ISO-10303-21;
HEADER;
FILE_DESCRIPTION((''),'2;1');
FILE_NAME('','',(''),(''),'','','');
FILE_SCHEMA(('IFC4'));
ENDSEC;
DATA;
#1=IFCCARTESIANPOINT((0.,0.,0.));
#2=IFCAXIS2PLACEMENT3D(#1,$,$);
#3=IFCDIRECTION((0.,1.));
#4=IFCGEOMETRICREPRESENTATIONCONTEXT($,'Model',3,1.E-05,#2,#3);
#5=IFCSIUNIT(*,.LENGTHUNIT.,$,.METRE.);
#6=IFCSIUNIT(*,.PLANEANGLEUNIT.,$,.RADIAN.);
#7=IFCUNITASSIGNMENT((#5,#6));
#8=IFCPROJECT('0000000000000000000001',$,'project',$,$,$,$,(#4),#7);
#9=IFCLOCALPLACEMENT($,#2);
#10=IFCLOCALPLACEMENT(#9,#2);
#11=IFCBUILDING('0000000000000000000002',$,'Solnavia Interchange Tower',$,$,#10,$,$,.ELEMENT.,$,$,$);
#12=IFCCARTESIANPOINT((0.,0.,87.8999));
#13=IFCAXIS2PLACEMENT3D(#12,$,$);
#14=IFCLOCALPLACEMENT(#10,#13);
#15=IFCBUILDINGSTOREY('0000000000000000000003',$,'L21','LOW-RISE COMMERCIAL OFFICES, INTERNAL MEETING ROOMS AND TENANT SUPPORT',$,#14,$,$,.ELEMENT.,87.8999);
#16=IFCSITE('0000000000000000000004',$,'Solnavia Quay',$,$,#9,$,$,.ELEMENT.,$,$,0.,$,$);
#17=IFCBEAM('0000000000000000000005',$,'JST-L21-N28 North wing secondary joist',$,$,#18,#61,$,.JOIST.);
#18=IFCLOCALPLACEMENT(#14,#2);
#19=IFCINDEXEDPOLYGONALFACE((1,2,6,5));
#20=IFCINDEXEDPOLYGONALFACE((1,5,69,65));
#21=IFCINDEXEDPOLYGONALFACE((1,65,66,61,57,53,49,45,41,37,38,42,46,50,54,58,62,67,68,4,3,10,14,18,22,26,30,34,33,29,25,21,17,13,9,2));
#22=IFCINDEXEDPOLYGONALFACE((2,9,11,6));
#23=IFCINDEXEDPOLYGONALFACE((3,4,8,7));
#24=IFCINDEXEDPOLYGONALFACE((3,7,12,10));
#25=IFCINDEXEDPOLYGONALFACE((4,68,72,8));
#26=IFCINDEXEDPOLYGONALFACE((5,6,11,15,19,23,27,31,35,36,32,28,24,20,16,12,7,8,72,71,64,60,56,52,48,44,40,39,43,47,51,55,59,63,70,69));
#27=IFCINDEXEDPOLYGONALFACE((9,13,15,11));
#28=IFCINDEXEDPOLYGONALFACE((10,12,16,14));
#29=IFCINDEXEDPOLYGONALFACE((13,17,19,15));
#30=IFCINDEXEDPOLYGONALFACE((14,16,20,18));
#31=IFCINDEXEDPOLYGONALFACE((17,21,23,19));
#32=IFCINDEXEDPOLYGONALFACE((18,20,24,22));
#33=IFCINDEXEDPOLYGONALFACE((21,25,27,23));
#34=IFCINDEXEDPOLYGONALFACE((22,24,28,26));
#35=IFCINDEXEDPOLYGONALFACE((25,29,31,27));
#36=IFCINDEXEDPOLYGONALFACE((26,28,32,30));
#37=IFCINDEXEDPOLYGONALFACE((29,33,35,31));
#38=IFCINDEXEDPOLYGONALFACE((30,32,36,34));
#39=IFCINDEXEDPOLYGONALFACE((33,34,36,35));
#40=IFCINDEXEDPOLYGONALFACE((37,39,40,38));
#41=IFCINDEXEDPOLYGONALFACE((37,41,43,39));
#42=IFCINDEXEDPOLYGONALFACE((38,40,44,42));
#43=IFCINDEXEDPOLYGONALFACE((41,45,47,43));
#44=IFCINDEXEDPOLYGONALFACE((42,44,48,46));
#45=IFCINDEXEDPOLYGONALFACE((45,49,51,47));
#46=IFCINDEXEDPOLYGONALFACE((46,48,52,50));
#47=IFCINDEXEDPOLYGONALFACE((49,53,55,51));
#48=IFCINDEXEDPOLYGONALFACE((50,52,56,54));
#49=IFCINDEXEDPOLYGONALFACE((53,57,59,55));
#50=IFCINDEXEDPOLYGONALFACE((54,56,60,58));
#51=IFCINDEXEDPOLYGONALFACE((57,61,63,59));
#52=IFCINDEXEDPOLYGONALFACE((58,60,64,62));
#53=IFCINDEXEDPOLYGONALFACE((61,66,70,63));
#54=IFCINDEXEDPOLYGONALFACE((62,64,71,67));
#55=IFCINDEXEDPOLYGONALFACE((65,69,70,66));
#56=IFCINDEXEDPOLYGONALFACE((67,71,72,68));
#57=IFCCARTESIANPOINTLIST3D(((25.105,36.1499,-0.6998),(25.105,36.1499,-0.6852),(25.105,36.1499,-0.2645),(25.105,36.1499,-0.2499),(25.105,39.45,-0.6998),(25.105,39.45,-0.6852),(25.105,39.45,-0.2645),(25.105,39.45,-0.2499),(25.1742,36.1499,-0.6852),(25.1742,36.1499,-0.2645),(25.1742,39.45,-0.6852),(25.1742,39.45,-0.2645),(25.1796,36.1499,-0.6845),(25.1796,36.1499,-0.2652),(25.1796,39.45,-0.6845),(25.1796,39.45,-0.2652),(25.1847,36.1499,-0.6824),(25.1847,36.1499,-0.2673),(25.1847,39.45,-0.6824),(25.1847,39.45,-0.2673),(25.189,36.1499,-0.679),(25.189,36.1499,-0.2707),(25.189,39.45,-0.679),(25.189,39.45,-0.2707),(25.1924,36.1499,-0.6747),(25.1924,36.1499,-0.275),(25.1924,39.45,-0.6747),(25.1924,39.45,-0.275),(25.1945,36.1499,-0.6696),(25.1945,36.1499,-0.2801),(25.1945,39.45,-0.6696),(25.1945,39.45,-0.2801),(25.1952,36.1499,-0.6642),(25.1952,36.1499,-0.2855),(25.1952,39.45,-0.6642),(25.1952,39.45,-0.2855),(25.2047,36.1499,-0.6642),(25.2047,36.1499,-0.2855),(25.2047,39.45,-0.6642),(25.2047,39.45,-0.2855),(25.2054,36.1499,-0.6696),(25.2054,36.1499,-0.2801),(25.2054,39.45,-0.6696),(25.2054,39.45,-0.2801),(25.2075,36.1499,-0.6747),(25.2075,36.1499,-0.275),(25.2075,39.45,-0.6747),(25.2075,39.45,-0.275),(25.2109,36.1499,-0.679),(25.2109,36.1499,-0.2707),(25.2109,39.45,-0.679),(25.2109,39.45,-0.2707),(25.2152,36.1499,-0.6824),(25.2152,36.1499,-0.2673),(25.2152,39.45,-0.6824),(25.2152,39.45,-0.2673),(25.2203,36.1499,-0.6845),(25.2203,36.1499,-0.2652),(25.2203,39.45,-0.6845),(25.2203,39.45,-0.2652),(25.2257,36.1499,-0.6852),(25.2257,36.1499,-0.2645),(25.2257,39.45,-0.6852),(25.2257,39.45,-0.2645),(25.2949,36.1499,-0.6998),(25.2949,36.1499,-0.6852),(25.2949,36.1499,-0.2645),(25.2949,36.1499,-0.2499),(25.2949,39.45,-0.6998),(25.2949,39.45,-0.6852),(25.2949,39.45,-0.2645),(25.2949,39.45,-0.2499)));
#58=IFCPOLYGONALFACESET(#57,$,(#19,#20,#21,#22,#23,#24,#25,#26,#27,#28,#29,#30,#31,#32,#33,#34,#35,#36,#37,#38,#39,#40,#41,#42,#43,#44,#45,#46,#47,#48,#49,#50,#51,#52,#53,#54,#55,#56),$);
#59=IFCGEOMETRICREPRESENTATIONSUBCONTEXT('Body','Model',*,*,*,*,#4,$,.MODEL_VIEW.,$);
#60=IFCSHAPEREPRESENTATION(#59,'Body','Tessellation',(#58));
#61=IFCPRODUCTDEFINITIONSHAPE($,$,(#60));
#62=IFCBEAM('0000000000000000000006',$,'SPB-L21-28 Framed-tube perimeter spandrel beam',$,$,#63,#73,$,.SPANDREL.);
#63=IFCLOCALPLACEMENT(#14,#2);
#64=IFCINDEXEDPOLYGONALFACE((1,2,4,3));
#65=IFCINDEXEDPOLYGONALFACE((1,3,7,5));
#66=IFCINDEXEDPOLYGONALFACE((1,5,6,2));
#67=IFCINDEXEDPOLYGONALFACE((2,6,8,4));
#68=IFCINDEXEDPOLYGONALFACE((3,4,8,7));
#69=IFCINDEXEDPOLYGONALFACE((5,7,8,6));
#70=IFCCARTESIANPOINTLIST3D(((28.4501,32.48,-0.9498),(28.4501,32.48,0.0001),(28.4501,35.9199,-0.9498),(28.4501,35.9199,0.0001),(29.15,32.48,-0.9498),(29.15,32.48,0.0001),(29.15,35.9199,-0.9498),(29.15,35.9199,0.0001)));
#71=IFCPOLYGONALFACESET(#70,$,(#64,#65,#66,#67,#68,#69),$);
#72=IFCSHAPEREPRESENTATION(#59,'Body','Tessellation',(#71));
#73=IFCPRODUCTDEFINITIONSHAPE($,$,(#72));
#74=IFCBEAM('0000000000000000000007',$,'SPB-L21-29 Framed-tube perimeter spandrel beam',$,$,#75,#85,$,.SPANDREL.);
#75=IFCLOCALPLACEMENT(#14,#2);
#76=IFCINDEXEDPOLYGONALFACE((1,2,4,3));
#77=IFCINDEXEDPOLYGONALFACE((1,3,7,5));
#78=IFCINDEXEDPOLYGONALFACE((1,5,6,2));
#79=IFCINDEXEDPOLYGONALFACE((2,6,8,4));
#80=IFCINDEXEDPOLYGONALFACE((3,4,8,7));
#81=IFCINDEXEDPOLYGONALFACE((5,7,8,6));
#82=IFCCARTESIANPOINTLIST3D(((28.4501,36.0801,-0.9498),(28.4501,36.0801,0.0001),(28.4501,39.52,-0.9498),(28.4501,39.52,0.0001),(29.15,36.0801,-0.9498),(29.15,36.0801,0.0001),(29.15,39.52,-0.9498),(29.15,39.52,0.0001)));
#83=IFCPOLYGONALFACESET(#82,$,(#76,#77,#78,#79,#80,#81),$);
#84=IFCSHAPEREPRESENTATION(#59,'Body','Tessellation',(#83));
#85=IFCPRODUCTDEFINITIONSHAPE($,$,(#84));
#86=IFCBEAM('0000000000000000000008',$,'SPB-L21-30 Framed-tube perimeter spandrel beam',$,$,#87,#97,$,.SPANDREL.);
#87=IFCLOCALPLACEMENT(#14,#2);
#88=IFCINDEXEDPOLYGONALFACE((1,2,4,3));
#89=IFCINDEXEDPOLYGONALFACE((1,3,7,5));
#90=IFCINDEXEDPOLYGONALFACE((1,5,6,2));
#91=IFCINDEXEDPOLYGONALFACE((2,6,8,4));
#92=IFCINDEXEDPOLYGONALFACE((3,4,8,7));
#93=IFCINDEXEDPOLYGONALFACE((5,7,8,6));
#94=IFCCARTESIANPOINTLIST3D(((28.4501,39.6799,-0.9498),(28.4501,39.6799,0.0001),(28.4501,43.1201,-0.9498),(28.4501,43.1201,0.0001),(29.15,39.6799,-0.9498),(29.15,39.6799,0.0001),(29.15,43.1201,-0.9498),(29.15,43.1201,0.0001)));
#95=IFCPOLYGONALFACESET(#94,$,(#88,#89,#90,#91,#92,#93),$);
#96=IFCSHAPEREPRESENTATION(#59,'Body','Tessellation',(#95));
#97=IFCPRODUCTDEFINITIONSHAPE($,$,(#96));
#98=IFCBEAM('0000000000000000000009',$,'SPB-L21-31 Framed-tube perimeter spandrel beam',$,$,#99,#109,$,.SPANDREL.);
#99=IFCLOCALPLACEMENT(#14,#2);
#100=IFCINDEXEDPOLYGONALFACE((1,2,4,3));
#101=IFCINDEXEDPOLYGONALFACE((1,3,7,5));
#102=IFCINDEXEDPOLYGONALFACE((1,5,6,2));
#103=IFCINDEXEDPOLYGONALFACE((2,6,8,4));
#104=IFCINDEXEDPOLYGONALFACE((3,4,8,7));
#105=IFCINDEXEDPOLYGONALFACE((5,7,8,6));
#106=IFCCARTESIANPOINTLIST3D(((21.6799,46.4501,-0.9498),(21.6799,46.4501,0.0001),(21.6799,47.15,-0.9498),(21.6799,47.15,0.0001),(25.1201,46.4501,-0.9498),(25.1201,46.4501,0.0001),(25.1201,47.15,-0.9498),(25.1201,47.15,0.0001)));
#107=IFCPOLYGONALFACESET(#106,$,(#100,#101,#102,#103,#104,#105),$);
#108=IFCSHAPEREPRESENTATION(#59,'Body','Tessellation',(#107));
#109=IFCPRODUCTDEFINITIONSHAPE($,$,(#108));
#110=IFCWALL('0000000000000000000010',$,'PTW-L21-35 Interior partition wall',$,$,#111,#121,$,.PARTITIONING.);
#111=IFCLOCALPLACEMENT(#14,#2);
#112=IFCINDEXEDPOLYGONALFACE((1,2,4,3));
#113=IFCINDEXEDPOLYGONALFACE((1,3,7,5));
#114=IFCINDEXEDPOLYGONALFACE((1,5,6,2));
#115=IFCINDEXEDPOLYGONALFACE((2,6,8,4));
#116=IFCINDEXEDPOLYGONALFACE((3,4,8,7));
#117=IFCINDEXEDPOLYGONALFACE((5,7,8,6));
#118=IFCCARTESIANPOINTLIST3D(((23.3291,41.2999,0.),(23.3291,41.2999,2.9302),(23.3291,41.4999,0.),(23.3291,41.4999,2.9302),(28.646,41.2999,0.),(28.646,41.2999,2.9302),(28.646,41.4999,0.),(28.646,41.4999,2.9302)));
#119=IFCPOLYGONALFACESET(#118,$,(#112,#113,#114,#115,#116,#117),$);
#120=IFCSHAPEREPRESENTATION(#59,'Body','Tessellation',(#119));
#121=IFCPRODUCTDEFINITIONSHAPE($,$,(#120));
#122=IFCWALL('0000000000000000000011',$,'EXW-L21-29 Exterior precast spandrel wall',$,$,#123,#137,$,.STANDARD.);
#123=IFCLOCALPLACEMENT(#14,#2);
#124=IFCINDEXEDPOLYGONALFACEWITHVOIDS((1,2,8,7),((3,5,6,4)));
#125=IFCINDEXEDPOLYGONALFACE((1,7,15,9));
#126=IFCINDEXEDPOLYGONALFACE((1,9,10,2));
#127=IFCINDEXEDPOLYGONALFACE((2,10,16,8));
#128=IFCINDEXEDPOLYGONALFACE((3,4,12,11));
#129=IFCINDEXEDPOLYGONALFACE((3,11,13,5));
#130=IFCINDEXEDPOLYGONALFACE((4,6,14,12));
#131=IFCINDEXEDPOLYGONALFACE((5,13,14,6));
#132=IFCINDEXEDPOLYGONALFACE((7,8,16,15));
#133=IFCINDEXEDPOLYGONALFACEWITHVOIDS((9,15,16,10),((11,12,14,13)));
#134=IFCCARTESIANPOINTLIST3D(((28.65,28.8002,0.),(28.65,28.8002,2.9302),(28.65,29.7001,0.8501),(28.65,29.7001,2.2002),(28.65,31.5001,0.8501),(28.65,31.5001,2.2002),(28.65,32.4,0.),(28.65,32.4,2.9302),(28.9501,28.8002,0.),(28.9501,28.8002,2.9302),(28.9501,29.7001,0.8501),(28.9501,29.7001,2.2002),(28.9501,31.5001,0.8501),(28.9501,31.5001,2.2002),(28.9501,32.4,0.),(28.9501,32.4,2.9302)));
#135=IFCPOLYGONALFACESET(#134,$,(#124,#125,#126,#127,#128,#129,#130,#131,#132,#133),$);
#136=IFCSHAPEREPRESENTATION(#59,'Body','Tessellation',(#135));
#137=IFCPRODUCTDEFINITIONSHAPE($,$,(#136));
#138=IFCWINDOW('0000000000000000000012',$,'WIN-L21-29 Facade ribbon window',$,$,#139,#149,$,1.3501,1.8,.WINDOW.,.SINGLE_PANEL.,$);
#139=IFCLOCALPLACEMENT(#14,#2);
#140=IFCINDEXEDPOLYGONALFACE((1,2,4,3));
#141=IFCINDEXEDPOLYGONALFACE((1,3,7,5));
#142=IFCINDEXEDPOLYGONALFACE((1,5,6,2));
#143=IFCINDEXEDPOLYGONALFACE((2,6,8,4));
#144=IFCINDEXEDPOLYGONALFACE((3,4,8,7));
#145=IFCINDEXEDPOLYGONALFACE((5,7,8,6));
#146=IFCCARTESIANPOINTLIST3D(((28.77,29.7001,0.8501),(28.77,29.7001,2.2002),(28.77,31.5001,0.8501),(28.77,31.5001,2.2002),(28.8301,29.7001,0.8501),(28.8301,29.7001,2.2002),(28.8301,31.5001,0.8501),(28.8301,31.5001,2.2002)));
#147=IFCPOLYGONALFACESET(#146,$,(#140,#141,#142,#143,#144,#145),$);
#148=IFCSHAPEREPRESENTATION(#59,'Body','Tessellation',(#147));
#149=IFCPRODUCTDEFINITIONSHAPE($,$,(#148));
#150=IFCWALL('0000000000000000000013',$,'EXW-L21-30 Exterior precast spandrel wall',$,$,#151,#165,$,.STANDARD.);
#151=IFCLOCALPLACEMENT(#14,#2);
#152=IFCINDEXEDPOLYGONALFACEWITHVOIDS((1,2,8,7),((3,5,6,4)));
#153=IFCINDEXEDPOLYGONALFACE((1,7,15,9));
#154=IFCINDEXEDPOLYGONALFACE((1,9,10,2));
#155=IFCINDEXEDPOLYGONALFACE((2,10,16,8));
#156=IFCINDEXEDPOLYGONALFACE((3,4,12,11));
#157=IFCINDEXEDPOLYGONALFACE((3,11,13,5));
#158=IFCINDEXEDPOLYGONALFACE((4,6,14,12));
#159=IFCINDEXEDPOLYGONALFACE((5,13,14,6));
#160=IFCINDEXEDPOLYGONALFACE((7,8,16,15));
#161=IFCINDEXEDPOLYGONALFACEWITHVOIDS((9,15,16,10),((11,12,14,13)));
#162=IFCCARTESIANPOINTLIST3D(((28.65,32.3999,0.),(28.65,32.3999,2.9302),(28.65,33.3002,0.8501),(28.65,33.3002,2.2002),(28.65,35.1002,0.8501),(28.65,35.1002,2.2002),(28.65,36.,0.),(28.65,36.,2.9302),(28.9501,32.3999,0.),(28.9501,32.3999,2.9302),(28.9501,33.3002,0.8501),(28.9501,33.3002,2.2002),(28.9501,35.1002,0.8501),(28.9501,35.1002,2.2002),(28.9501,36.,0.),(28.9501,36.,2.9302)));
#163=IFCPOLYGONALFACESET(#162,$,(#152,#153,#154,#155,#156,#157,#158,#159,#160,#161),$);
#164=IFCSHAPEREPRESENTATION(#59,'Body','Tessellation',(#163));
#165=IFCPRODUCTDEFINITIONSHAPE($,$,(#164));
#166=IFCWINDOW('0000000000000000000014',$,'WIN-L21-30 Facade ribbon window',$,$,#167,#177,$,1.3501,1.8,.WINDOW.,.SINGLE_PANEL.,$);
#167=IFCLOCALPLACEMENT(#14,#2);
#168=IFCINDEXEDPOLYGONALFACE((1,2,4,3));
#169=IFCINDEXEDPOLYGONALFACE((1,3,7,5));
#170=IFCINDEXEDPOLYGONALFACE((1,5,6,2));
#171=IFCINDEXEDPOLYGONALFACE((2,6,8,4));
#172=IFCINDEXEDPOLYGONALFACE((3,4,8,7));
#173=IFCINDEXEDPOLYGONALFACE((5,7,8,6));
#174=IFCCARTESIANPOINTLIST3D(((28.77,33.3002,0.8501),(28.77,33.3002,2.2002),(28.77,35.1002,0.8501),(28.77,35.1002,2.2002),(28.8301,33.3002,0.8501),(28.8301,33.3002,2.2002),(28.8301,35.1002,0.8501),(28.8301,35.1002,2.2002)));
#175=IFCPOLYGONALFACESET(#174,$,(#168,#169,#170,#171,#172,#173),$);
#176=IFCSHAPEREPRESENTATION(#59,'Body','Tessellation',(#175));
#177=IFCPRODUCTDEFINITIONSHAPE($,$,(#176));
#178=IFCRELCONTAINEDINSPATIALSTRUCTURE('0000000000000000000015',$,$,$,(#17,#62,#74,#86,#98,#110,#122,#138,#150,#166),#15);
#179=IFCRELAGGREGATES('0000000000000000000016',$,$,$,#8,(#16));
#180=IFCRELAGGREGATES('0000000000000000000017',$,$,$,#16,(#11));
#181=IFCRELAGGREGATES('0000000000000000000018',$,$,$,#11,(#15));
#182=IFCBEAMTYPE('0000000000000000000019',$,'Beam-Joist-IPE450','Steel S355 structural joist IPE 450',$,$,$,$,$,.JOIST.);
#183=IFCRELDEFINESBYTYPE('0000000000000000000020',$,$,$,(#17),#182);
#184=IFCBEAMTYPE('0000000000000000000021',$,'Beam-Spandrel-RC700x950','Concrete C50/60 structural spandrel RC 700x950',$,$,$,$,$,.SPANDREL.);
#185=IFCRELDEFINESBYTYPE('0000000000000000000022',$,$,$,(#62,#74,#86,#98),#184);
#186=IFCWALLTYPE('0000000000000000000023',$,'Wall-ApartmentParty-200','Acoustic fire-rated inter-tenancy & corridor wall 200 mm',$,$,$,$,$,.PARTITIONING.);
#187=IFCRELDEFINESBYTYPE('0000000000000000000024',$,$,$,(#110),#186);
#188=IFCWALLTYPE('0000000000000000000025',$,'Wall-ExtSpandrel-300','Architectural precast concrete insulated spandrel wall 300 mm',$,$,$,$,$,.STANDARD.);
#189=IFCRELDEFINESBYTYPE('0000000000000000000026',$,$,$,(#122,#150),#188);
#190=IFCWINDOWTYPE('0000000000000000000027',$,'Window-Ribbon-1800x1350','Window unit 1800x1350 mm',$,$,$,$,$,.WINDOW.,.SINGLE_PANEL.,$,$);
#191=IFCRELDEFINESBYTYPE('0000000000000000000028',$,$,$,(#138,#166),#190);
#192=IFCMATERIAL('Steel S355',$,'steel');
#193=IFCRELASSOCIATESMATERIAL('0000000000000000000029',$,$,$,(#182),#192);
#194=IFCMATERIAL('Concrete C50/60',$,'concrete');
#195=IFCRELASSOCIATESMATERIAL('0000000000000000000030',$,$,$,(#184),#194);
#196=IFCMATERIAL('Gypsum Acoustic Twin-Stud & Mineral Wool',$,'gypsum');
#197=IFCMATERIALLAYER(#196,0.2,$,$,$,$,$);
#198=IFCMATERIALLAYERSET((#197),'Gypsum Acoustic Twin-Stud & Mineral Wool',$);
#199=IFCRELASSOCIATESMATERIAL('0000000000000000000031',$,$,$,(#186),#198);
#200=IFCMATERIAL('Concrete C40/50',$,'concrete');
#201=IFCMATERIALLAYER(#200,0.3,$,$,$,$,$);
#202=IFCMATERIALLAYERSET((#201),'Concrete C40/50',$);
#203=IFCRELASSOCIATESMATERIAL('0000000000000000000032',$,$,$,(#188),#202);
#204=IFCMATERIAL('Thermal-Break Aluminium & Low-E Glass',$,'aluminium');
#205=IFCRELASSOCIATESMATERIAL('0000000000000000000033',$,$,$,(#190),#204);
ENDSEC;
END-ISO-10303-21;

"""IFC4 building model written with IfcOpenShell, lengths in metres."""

from ifc_helpers import new_model, si_unit, direction, frame, frame_2d, origin, origin_2d, place, context, subcontext, project, spatial, rectangle, i_section, extrude, material, layer, layer_set, material_profile, profile_set, type_object, element, fill, save


model = new_model("IFC4")

# Units and contexts
model_context = context("Model", 3, precision=1e-05, world=origin(), true_north=direction((0.0, 1.0)))
body_context = subcontext(model_context, "Body", "Model", "MODEL_VIEW")
ifc_project = project(units=[si_unit("LENGTHUNIT", "METRE"), si_unit("PLANEANGLEUNIT", "RADIAN")], contexts=[model_context])

# Site, building, storey
site_placement = place(None, origin())
site = spatial("IfcSite", under=ifc_project, at=site_placement, Name="Solnavia Quay", CompositionType="ELEMENT", RefElevation=0.0)
building_placement = place(site_placement, origin())
building = spatial("IfcBuilding", under=site, at=building_placement, Name="Solnavia Interchange Tower", CompositionType="ELEMENT")
storey_placement = place(building_placement, frame((0.0, 0.0, 87.8999)))
storey = spatial("IfcBuildingStorey", under=building, at=storey_placement, Name="L21", Description="LOW-RISE COMMERCIAL OFFICES, INTERNAL MEETING ROOMS AND TENANT SUPPORT", CompositionType="ELEMENT", Elevation=87.8999)

# Shared definitions
ifc_material_1 = material(Name="Concrete C50/60", Category="concrete")

# Beams
ifc_material_2 = material(Name="Steel S355", Category="steel")
ifc_material_profile_1 = material_profile(ifc_material_2, i_section(OverallWidth=0.1899, OverallDepth=0.45, WebThickness=0.0095, FlangeThickness=0.0146, FilletRadius=0.021, at=origin_2d()), Name="IPE 450")
ifc_profile_set_1 = profile_set([ifc_material_profile_1], Name="Steel S355")
beam_type_1 = type_object("IfcBeamType", Name="Beam-Joist-IPE450", Description="Steel S355 structural joist IPE 450", PredefinedType="JOIST", material=ifc_profile_set_1)
beam_1_placement = place(storey_placement, frame((25.2, 36.1499, -0.4749), z_axis=(0.0, 1.0, 0.0), x_axis=(-1.0, 0.0, 0.0)))
element("IfcBeam", 1, at=beam_1_placement, inside=storey, type_object=beam_type_1, Name="JST-L21-N28 North wing secondary joist", PredefinedType="JOIST", context=body_context, shape_type="SweptSolid", body=[
    extrude(i_section(OverallWidth=0.1899, OverallDepth=0.45, WebThickness=0.0095, FlangeThickness=0.0146, FilletRadius=0.021, at=origin_2d()), origin(), (0.0, 0.0, 1.0), 3.3),
])
ifc_material_profile_2 = material_profile(ifc_material_1, rectangle(XDim=0.7, YDim=0.95, at=origin_2d()), Name="RC 700x950")
ifc_profile_set_2 = profile_set([ifc_material_profile_2], Name="Concrete C50/60")
beam_type_2 = type_object("IfcBeamType", Name="Beam-Spandrel-RC700x950", Description="Concrete C50/60 structural spandrel RC 700x950", PredefinedType="SPANDREL", material=ifc_profile_set_2)
for number, where, z_axis, x_axis, name in (
    (2, (28.8, 32.48, -0.4749), (0.0, 1.0, 0.0), (-1.0, 0.0, 0.0), "SPB-L21-28 Framed-tube perimeter spandrel beam"),
    (3, (28.8, 36.0801, -0.4749), (0.0, 1.0, 0.0), (-1.0, 0.0, 0.0), "SPB-L21-29 Framed-tube perimeter spandrel beam"),
):
    element("IfcBeam", number, at=place(storey_placement, frame(where, z_axis=z_axis, x_axis=x_axis)), inside=storey, type_object=beam_type_2, Name=name, PredefinedType="SPANDREL", context=body_context, shape_type="SweptSolid", body=[
        extrude(rectangle(XDim=0.7, YDim=0.95, at=origin_2d()), origin(), (0.0, 0.0, 1.0), 3.4399),
    ])
for number, where, z_axis, x_axis, name in (
    (4, (28.8, 39.6799, -0.4749), (0.0, 1.0, 0.0), (-1.0, 0.0, 0.0), "SPB-L21-30 Framed-tube perimeter spandrel beam"),
    (5, (25.1201, 46.8, -0.4749), (-1.0, 0.0, 0.0), (0.0, -1.0, 0.0), "SPB-L21-31 Framed-tube perimeter spandrel beam"),
):
    element("IfcBeam", number, at=place(storey_placement, frame(where, z_axis=z_axis, x_axis=x_axis)), inside=storey, type_object=beam_type_2, Name=name, PredefinedType="SPANDREL", context=body_context, shape_type="SweptSolid", body=[
        extrude(rectangle(XDim=0.7, YDim=0.95, at=origin_2d()), origin(), (0.0, 0.0, 1.0), 3.4402),
    ])

# Wall
ifc_material_3 = material(Name="Gypsum Acoustic Twin-Stud & Mineral Wool", Category="gypsum")
ifc_layer_1 = layer(ifc_material_3, 0.2)
ifc_layer_set_1 = layer_set([ifc_layer_1], Name="Gypsum Acoustic Twin-Stud & Mineral Wool")
wall_type_1 = type_object("IfcWallType", Name="Wall-ApartmentParty-200", Description="Acoustic fire-rated inter-tenancy & corridor wall 200 mm", PredefinedType="PARTITIONING", material=ifc_layer_set_1)
wall_1_placement = place(storey_placement, frame((23.3291, 41.3999, 0.0), z_axis=(0.0, 0.0, 1.0), x_axis=(1.0, 0.0, 0.0)))
element("IfcWall", 6, at=wall_1_placement, inside=storey, type_object=wall_type_1, Name="PTW-L21-35 Interior partition wall", PredefinedType="PARTITIONING", context=body_context, shape_type="SweptSolid", body=[
    extrude(rectangle(XDim=5.3169, YDim=0.2, at=frame_2d((2.6584, 0.0))), origin(), (0.0, 0.0, 1.0), 2.9302),
])

# Walls, openings, windows
ifc_material_4 = material(Name="Concrete C40/50", Category="concrete")
ifc_layer_2 = layer(ifc_material_4, 0.3)
ifc_layer_set_2 = layer_set([ifc_layer_2], Name="Concrete C40/50")
wall_type_2 = type_object("IfcWallType", Name="Wall-ExtSpandrel-300", Description="Architectural precast concrete insulated spandrel wall 300 mm", PredefinedType="STANDARD", material=ifc_layer_set_2)
wall_2_placement = place(storey_placement, frame((28.8, 32.3999, 0.0), z_axis=(0.0, 0.0, 1.0), x_axis=(0.0, -1.0, 0.0)))
wall_2 = element("IfcWall", 7, at=wall_2_placement, inside=storey, type_object=wall_type_2, Name="EXW-L21-29 Exterior precast spandrel wall", PredefinedType="STANDARD", context=body_context, shape_type="SweptSolid", body=[
    extrude(rectangle(XDim=3.5999, YDim=0.3, at=frame_2d((1.7998, 0.0))), origin(), (0.0, 0.0, 1.0), 2.9302),
])
opening_1_placement = place(wall_2_placement, frame((0.8999, 0.0, 0.8501)))
opening_1 = element("IfcOpeningElement", 8, at=opening_1_placement, cuts=wall_2, PredefinedType="OPENING", context=body_context, shape_type="SweptSolid", body=[
    extrude(rectangle(XDim=1.8, YDim=1.3501, at=frame_2d((0.8999, 0.675))), frame((0.0, 0.1602, 0.0), z_axis=(0.0, -1.0, 0.0), x_axis=(1.0, 0.0, 0.0)), (0.0, 0.0, 1.0), 0.3201),
])
ifc_material_5 = material(Name="Thermal-Break Aluminium & Low-E Glass", Category="aluminium")
window_type = type_object("IfcWindowType", Name="Window-Ribbon-1800x1350", Description="Window unit 1800x1350 mm", PartitioningType="SINGLE_PANEL", PredefinedType="WINDOW", material=ifc_material_5)
window_1_placement = place(opening_1_placement, origin())
window_1 = element("IfcWindow", 9, at=window_1_placement, inside=storey, type_object=window_type, Name="WIN-L21-29 Facade ribbon window", OverallHeight=1.3501, OverallWidth=1.8, PartitioningType="SINGLE_PANEL", PredefinedType="WINDOW", context=body_context, shape_type="SweptSolid", body=[
    extrude(rectangle(XDim=1.8, YDim=1.3501, at=frame_2d((0.8999, 0.675))), frame((0.0, 0.03, 0.0), z_axis=(0.0, -1.0, 0.0), x_axis=(1.0, 0.0, 0.0)), (0.0, 0.0, 1.0), 0.0601),
])
fill(opening_1, window_1)
wall_3_placement = place(storey_placement, frame((28.8, 36.0, 0.0), z_axis=(0.0, 0.0, 1.0), x_axis=(0.0, -1.0, 0.0)))
wall_3 = element("IfcWall", 10, at=wall_3_placement, inside=storey, type_object=wall_type_2, Name="EXW-L21-30 Exterior precast spandrel wall", PredefinedType="STANDARD", context=body_context, shape_type="SweptSolid", body=[
    extrude(rectangle(XDim=3.6001, YDim=0.3, at=frame_2d((1.8, 0.0))), origin(), (0.0, 0.0, 1.0), 2.9302),
])
opening_2_placement = place(wall_3_placement, frame((0.8999, 0.0, 0.8501)))
opening_2 = element("IfcOpeningElement", 11, at=opening_2_placement, cuts=wall_3, PredefinedType="OPENING", context=body_context, shape_type="SweptSolid", body=[
    extrude(rectangle(XDim=1.8, YDim=1.3501, at=frame_2d((0.8999, 0.675))), frame((0.0, 0.1602, 0.0), z_axis=(0.0, -1.0, 0.0), x_axis=(1.0, 0.0, 0.0)), (0.0, 0.0, 1.0), 0.3201),
])
window_2_placement = place(opening_2_placement, origin())
window_2 = element("IfcWindow", 12, at=window_2_placement, inside=storey, type_object=window_type, Name="WIN-L21-30 Facade ribbon window", OverallHeight=1.3501, OverallWidth=1.8, PartitioningType="SINGLE_PANEL", PredefinedType="WINDOW", context=body_context, shape_type="SweptSolid", body=[
    extrude(rectangle(XDim=1.8, YDim=1.3501, at=frame_2d((0.8999, 0.675))), frame((0.0, 0.03, 0.0), z_axis=(0.0, -1.0, 0.0), x_axis=(1.0, 0.0, 0.0)), (0.0, 0.0, 1.0), 0.0601),
])
fill(opening_2, window_2)

save(model, "model.ifc")
